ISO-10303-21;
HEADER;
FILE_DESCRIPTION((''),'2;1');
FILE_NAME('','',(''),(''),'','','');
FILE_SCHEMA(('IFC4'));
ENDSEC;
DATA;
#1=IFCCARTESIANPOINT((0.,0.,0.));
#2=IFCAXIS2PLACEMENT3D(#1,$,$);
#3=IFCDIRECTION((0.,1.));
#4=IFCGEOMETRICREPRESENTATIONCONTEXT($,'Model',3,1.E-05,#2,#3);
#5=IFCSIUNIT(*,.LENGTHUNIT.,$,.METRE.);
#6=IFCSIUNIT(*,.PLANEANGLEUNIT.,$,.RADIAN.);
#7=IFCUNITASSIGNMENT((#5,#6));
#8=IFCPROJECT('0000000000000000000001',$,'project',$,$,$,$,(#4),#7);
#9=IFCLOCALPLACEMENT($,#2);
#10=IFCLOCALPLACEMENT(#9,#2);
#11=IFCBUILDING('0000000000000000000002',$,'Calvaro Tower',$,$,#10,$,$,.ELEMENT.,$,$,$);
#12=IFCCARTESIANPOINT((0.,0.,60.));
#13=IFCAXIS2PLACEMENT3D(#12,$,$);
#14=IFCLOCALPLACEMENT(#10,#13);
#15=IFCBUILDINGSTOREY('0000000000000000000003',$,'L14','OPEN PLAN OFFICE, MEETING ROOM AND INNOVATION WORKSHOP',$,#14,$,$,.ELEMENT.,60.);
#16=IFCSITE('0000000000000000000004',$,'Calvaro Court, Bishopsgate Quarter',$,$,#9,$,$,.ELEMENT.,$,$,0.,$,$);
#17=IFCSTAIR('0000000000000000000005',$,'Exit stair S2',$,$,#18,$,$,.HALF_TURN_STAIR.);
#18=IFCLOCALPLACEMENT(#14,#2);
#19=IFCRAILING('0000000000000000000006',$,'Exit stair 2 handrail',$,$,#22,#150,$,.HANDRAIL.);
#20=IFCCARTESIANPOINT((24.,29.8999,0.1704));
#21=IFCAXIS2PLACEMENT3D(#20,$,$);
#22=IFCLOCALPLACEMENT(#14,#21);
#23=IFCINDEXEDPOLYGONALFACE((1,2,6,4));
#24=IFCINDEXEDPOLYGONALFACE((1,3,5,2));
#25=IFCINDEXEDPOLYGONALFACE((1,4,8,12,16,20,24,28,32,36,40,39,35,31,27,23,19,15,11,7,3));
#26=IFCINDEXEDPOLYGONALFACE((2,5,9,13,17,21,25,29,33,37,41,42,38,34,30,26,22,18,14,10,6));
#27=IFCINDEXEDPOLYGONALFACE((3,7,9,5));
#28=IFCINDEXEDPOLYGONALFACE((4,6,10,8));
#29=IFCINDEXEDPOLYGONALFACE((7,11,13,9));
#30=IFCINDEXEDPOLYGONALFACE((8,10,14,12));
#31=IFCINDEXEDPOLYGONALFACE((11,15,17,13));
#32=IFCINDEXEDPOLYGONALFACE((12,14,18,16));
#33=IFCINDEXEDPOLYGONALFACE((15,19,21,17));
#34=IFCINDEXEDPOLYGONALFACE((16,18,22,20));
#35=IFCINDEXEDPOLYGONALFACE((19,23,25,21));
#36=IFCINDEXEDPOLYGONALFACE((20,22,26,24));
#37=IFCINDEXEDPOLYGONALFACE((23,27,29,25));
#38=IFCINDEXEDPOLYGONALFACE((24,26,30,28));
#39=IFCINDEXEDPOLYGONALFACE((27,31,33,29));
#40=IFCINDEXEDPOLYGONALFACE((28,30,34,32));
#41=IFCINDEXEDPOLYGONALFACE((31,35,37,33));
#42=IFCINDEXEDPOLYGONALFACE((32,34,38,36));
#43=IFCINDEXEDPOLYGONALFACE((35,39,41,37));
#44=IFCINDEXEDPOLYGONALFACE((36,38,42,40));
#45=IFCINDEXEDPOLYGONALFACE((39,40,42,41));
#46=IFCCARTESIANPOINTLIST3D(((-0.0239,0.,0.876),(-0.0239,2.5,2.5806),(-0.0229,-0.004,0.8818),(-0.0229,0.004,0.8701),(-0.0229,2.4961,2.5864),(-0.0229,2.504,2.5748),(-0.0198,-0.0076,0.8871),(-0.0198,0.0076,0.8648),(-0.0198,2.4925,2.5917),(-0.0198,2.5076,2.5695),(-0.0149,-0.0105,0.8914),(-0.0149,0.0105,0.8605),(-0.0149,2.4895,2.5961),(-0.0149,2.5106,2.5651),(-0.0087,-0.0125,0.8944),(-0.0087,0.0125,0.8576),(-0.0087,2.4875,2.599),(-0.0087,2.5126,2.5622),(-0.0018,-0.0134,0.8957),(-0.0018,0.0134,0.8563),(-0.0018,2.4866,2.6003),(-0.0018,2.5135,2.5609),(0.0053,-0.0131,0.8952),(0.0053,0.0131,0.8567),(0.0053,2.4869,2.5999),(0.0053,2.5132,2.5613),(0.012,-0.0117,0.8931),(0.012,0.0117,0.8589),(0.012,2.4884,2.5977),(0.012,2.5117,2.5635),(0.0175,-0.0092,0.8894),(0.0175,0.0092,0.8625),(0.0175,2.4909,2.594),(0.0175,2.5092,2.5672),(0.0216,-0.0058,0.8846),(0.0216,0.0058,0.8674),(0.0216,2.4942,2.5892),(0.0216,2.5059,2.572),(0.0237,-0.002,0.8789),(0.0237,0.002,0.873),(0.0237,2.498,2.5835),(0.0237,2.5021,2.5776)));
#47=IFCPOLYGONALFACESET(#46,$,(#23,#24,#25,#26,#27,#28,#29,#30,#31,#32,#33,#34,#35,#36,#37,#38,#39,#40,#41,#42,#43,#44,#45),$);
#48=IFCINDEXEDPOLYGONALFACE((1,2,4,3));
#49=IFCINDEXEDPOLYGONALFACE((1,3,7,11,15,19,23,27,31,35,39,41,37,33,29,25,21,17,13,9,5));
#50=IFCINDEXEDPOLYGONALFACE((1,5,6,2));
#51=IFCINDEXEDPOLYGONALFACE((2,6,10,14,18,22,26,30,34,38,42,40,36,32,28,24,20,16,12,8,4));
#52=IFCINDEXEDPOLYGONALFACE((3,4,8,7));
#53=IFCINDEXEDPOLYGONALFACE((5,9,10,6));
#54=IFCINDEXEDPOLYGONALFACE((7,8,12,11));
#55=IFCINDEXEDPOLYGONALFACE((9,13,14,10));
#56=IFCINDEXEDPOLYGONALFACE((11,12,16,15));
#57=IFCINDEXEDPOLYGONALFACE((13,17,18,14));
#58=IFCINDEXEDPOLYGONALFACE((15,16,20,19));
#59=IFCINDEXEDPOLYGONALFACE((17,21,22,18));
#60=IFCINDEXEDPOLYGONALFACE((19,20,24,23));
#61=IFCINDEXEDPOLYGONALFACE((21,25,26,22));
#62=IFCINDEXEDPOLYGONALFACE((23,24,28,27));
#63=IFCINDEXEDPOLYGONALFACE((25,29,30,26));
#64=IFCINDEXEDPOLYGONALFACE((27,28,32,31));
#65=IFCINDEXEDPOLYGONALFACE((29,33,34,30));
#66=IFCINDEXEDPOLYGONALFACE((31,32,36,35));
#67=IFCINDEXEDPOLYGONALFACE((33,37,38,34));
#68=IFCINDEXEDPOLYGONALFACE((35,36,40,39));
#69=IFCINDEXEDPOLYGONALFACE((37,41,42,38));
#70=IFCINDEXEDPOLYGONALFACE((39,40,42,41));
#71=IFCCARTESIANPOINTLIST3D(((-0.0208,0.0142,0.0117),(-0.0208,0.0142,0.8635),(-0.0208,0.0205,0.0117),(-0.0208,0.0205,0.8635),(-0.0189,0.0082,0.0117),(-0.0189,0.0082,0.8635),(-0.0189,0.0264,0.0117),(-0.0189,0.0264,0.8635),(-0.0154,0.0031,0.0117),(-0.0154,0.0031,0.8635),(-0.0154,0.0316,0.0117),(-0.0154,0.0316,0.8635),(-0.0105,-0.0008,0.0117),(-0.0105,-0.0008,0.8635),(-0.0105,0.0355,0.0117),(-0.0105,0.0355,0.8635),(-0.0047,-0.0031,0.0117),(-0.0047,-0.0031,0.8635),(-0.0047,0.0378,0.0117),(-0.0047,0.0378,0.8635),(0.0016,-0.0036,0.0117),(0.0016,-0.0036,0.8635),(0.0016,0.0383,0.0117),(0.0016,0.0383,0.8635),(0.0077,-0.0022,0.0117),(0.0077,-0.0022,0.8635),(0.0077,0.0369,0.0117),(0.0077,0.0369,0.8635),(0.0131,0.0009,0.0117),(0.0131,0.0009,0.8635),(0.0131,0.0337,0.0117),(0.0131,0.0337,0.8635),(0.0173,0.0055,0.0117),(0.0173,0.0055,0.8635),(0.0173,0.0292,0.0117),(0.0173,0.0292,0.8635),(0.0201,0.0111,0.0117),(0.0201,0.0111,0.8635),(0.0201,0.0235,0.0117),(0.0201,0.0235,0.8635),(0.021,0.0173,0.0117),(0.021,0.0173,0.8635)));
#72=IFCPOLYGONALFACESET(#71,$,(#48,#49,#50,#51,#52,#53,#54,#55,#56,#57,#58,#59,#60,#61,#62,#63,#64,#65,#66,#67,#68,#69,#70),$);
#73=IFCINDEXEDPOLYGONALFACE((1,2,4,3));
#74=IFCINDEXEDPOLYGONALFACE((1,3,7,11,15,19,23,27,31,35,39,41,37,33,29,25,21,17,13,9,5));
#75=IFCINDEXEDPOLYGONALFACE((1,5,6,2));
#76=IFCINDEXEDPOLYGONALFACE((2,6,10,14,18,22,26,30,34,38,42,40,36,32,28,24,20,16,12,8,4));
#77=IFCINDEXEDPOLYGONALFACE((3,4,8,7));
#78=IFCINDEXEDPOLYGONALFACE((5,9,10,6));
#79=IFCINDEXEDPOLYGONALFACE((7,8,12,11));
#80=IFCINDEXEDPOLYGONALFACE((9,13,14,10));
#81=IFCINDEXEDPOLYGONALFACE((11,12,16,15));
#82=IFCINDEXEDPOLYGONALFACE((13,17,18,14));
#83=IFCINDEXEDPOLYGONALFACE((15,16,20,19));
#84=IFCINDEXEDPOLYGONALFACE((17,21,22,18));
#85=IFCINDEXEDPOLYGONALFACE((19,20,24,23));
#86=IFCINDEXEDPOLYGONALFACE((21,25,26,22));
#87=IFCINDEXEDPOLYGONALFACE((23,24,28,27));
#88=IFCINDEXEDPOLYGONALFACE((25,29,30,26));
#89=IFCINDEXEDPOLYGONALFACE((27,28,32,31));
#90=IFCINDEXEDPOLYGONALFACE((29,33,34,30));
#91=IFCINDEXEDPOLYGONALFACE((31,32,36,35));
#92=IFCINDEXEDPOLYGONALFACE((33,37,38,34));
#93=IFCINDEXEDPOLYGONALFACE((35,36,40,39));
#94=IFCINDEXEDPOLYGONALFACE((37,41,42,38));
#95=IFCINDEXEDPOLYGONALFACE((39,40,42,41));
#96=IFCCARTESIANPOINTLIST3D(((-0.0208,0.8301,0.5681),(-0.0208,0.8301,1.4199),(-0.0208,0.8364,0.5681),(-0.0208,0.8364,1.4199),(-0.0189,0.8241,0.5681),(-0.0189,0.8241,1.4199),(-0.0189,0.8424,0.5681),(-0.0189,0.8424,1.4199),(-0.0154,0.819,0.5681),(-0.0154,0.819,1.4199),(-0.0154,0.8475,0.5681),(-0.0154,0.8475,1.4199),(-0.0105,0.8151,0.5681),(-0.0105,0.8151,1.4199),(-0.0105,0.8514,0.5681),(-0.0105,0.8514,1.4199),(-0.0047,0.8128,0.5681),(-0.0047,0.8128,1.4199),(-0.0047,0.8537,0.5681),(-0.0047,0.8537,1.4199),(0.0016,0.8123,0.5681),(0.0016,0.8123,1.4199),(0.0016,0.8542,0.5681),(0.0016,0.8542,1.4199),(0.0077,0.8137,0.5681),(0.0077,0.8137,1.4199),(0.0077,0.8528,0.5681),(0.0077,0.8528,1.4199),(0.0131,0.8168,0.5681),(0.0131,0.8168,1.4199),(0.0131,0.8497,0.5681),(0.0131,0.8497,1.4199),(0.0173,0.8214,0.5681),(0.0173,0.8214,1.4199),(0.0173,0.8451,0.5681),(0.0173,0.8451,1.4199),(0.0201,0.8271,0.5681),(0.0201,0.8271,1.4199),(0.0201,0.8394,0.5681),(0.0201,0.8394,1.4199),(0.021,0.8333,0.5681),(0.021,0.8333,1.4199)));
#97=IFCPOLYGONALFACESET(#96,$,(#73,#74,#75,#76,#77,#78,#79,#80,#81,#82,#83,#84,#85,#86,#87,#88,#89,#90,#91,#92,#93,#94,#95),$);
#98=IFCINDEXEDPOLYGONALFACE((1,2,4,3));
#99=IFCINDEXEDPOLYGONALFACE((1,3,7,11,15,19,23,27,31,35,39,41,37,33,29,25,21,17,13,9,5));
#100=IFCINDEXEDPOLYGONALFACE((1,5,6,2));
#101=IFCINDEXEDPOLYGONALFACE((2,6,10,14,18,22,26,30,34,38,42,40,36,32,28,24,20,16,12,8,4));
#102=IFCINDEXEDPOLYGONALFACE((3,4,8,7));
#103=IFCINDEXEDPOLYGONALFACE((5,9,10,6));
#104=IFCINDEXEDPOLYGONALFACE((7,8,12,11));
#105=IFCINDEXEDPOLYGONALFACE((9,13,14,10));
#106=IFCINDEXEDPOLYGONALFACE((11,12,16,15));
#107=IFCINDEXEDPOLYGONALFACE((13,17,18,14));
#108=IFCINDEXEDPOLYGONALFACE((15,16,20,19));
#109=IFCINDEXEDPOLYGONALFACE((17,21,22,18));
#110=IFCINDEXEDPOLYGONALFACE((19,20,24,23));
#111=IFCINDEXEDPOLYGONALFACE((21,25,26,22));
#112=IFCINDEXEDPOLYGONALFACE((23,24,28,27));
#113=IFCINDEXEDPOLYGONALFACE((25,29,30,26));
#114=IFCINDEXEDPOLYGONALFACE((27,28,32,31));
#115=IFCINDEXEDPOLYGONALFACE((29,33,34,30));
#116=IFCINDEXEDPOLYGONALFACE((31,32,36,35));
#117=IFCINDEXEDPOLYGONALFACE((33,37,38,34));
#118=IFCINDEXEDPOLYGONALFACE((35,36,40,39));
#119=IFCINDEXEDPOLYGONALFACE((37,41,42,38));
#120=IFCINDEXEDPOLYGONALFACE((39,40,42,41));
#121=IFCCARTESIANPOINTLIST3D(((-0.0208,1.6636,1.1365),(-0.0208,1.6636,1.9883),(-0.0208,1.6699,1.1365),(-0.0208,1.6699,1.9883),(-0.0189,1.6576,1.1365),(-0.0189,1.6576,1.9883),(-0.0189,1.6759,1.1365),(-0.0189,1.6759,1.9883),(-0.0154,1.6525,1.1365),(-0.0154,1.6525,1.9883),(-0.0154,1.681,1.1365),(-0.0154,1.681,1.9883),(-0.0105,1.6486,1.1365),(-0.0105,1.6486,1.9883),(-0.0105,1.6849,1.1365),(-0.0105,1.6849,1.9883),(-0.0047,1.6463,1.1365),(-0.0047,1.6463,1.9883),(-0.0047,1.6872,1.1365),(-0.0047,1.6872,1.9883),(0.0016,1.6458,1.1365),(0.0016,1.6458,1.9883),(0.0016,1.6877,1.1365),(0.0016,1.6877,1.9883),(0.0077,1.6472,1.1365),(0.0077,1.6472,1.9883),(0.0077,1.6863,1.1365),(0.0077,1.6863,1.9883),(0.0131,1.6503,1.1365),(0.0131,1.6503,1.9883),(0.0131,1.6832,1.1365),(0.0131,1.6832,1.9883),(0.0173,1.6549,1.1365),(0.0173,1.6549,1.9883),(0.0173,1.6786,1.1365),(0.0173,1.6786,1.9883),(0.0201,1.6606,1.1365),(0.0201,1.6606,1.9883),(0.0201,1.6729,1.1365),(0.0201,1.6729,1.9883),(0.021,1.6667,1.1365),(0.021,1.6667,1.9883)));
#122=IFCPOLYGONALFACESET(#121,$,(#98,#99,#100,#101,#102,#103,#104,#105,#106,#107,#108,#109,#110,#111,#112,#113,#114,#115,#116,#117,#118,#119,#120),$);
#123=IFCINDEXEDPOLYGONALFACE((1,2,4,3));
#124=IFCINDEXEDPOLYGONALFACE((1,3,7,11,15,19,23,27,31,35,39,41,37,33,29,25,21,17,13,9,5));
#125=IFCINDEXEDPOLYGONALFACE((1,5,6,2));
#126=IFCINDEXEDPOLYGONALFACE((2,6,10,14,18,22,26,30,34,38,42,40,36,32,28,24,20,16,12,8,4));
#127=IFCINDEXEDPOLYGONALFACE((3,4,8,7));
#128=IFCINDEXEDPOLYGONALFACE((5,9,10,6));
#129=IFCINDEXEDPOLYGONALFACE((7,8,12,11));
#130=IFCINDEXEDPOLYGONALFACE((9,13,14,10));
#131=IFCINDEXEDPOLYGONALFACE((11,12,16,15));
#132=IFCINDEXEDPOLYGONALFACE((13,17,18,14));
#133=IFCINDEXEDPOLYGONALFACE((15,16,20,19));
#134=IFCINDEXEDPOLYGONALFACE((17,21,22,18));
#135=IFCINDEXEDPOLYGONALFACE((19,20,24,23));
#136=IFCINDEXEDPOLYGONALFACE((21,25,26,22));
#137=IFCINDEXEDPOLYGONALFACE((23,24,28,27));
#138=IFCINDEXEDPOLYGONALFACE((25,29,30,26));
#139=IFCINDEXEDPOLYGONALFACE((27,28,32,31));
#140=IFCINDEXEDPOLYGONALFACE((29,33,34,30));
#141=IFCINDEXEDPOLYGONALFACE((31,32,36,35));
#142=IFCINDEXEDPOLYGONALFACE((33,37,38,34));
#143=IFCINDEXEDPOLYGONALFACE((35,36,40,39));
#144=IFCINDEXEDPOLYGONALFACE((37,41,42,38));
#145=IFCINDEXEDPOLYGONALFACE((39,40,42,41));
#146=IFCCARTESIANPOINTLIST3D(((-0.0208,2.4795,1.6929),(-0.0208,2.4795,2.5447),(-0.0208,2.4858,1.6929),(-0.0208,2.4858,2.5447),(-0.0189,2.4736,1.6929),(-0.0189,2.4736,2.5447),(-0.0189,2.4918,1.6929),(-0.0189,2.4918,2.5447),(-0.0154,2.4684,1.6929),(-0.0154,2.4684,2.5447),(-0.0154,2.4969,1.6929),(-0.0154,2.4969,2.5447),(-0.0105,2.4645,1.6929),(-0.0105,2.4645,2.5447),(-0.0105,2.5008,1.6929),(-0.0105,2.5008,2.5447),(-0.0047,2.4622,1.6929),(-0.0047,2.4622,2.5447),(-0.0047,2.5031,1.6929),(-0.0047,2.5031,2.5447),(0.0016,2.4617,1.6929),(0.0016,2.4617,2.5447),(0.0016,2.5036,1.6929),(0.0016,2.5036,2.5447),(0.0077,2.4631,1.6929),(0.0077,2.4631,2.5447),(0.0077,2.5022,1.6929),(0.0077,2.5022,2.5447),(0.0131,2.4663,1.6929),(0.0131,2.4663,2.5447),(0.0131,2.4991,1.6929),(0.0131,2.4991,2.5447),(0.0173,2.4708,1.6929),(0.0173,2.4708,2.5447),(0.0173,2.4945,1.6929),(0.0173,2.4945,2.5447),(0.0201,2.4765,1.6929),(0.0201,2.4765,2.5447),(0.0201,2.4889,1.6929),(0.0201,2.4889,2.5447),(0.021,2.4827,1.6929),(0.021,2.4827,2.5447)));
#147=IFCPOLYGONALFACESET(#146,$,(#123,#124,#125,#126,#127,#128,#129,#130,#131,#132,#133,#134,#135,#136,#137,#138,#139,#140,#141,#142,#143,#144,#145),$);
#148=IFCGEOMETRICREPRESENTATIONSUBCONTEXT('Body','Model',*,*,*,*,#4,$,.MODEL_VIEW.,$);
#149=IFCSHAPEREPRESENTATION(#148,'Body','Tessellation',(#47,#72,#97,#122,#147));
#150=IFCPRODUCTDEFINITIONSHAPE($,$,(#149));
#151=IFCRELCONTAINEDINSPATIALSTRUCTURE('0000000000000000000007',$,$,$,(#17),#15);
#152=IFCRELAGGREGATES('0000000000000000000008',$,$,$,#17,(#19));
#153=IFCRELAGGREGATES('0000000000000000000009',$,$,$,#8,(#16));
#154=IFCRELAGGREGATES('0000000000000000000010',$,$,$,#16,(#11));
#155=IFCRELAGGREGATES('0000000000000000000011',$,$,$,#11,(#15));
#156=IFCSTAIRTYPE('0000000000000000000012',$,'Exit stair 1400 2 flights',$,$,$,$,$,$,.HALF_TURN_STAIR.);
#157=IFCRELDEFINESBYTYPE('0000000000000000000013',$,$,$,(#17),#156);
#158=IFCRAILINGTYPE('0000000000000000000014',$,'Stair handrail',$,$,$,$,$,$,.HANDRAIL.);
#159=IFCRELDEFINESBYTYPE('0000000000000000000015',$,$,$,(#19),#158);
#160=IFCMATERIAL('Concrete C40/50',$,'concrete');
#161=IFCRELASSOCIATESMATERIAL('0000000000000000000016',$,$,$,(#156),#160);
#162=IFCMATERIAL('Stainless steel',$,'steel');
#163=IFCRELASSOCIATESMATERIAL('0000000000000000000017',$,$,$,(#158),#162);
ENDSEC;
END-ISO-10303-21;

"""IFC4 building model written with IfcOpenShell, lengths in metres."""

from ifc_helpers import new_model, si_unit, direction, frame, origin, origin_2d, place, context, subcontext, project, spatial, circle, extrude, material, type_object, element, aggregate, save


model = new_model("IFC4")

# Units and contexts
model_context = context("Model", 3, precision=1e-05, world=origin(), true_north=direction((0.0, 1.0)))
body_context = subcontext(model_context, "Body", "Model", "MODEL_VIEW")
ifc_project = project(units=[si_unit("LENGTHUNIT", "METRE"), si_unit("PLANEANGLEUNIT", "RADIAN")], contexts=[model_context])

# Site, building, storey
site_placement = place(None, origin())
site = spatial("IfcSite", under=ifc_project, at=site_placement, Name="Calvaro Court, Bishopsgate Quarter", CompositionType="ELEMENT", RefElevation=0.0)
building_placement = place(site_placement, origin())
building = spatial("IfcBuilding", under=site, at=building_placement, Name="Calvaro Tower", CompositionType="ELEMENT")
storey_placement = place(building_placement, frame((0.0, 0.0, 60.0)))
storey = spatial("IfcBuildingStorey", under=building, at=storey_placement, Name="L14", Description="OPEN PLAN OFFICE, MEETING ROOM AND INNOVATION WORKSHOP", CompositionType="ELEMENT", Elevation=60.0)

# Stair, railing
ifc_material_1 = material(Name="Concrete C40/50", Category="concrete")
stair_type = type_object("IfcStairType", Name="Exit stair 1400 2 flights", PredefinedType="HALF_TURN_STAIR", material=ifc_material_1)
stair_placement = place(storey_placement, origin())
stair = element("IfcStair", 1, at=stair_placement, inside=storey, type_object=stair_type, Name="Exit stair S2", PredefinedType="HALF_TURN_STAIR")
ifc_material_2 = material(Name="Stainless steel", Category="steel")
railing_type = type_object("IfcRailingType", Name="Stair handrail", PredefinedType="HANDRAIL", material=ifc_material_2)
railing_placement = place(storey_placement, frame((24.0, 29.8999, 0.1704)))
railing = element("IfcRailing", 2, at=railing_placement, type_object=railing_type, Name="Exit stair 2 handrail", PredefinedType="HANDRAIL", context=body_context, shape_type="SweptSolid", body=[
    extrude(circle(Radius=0.0239, at=origin_2d()), frame((0.0, 0.0, 0.876), z_axis=(0.0, 0.826221, 0.563347), x_axis=(-1.0, 0.0, 0.0)), (0.0, 0.0, 1.0), 3.0259),
    extrude(circle(Radius=0.021, at=origin_2d()), frame((0.0, 0.0173, 0.0117)), (0.0, 0.0, 1.0), 0.8518),
    extrude(circle(Radius=0.021, at=origin_2d()), frame((0.0, 0.8333, 0.5681)), (0.0, 0.0, 1.0), 0.8518),
    extrude(circle(Radius=0.021, at=origin_2d()), frame((0.0, 1.6667, 1.1365)), (0.0, 0.0, 1.0), 0.8518),
    extrude(circle(Radius=0.021, at=origin_2d()), frame((0.0, 2.4827, 1.6929)), (0.0, 0.0, 1.0), 0.8518),
])
aggregate(stair, [railing])

save(model, "model.ifc")
